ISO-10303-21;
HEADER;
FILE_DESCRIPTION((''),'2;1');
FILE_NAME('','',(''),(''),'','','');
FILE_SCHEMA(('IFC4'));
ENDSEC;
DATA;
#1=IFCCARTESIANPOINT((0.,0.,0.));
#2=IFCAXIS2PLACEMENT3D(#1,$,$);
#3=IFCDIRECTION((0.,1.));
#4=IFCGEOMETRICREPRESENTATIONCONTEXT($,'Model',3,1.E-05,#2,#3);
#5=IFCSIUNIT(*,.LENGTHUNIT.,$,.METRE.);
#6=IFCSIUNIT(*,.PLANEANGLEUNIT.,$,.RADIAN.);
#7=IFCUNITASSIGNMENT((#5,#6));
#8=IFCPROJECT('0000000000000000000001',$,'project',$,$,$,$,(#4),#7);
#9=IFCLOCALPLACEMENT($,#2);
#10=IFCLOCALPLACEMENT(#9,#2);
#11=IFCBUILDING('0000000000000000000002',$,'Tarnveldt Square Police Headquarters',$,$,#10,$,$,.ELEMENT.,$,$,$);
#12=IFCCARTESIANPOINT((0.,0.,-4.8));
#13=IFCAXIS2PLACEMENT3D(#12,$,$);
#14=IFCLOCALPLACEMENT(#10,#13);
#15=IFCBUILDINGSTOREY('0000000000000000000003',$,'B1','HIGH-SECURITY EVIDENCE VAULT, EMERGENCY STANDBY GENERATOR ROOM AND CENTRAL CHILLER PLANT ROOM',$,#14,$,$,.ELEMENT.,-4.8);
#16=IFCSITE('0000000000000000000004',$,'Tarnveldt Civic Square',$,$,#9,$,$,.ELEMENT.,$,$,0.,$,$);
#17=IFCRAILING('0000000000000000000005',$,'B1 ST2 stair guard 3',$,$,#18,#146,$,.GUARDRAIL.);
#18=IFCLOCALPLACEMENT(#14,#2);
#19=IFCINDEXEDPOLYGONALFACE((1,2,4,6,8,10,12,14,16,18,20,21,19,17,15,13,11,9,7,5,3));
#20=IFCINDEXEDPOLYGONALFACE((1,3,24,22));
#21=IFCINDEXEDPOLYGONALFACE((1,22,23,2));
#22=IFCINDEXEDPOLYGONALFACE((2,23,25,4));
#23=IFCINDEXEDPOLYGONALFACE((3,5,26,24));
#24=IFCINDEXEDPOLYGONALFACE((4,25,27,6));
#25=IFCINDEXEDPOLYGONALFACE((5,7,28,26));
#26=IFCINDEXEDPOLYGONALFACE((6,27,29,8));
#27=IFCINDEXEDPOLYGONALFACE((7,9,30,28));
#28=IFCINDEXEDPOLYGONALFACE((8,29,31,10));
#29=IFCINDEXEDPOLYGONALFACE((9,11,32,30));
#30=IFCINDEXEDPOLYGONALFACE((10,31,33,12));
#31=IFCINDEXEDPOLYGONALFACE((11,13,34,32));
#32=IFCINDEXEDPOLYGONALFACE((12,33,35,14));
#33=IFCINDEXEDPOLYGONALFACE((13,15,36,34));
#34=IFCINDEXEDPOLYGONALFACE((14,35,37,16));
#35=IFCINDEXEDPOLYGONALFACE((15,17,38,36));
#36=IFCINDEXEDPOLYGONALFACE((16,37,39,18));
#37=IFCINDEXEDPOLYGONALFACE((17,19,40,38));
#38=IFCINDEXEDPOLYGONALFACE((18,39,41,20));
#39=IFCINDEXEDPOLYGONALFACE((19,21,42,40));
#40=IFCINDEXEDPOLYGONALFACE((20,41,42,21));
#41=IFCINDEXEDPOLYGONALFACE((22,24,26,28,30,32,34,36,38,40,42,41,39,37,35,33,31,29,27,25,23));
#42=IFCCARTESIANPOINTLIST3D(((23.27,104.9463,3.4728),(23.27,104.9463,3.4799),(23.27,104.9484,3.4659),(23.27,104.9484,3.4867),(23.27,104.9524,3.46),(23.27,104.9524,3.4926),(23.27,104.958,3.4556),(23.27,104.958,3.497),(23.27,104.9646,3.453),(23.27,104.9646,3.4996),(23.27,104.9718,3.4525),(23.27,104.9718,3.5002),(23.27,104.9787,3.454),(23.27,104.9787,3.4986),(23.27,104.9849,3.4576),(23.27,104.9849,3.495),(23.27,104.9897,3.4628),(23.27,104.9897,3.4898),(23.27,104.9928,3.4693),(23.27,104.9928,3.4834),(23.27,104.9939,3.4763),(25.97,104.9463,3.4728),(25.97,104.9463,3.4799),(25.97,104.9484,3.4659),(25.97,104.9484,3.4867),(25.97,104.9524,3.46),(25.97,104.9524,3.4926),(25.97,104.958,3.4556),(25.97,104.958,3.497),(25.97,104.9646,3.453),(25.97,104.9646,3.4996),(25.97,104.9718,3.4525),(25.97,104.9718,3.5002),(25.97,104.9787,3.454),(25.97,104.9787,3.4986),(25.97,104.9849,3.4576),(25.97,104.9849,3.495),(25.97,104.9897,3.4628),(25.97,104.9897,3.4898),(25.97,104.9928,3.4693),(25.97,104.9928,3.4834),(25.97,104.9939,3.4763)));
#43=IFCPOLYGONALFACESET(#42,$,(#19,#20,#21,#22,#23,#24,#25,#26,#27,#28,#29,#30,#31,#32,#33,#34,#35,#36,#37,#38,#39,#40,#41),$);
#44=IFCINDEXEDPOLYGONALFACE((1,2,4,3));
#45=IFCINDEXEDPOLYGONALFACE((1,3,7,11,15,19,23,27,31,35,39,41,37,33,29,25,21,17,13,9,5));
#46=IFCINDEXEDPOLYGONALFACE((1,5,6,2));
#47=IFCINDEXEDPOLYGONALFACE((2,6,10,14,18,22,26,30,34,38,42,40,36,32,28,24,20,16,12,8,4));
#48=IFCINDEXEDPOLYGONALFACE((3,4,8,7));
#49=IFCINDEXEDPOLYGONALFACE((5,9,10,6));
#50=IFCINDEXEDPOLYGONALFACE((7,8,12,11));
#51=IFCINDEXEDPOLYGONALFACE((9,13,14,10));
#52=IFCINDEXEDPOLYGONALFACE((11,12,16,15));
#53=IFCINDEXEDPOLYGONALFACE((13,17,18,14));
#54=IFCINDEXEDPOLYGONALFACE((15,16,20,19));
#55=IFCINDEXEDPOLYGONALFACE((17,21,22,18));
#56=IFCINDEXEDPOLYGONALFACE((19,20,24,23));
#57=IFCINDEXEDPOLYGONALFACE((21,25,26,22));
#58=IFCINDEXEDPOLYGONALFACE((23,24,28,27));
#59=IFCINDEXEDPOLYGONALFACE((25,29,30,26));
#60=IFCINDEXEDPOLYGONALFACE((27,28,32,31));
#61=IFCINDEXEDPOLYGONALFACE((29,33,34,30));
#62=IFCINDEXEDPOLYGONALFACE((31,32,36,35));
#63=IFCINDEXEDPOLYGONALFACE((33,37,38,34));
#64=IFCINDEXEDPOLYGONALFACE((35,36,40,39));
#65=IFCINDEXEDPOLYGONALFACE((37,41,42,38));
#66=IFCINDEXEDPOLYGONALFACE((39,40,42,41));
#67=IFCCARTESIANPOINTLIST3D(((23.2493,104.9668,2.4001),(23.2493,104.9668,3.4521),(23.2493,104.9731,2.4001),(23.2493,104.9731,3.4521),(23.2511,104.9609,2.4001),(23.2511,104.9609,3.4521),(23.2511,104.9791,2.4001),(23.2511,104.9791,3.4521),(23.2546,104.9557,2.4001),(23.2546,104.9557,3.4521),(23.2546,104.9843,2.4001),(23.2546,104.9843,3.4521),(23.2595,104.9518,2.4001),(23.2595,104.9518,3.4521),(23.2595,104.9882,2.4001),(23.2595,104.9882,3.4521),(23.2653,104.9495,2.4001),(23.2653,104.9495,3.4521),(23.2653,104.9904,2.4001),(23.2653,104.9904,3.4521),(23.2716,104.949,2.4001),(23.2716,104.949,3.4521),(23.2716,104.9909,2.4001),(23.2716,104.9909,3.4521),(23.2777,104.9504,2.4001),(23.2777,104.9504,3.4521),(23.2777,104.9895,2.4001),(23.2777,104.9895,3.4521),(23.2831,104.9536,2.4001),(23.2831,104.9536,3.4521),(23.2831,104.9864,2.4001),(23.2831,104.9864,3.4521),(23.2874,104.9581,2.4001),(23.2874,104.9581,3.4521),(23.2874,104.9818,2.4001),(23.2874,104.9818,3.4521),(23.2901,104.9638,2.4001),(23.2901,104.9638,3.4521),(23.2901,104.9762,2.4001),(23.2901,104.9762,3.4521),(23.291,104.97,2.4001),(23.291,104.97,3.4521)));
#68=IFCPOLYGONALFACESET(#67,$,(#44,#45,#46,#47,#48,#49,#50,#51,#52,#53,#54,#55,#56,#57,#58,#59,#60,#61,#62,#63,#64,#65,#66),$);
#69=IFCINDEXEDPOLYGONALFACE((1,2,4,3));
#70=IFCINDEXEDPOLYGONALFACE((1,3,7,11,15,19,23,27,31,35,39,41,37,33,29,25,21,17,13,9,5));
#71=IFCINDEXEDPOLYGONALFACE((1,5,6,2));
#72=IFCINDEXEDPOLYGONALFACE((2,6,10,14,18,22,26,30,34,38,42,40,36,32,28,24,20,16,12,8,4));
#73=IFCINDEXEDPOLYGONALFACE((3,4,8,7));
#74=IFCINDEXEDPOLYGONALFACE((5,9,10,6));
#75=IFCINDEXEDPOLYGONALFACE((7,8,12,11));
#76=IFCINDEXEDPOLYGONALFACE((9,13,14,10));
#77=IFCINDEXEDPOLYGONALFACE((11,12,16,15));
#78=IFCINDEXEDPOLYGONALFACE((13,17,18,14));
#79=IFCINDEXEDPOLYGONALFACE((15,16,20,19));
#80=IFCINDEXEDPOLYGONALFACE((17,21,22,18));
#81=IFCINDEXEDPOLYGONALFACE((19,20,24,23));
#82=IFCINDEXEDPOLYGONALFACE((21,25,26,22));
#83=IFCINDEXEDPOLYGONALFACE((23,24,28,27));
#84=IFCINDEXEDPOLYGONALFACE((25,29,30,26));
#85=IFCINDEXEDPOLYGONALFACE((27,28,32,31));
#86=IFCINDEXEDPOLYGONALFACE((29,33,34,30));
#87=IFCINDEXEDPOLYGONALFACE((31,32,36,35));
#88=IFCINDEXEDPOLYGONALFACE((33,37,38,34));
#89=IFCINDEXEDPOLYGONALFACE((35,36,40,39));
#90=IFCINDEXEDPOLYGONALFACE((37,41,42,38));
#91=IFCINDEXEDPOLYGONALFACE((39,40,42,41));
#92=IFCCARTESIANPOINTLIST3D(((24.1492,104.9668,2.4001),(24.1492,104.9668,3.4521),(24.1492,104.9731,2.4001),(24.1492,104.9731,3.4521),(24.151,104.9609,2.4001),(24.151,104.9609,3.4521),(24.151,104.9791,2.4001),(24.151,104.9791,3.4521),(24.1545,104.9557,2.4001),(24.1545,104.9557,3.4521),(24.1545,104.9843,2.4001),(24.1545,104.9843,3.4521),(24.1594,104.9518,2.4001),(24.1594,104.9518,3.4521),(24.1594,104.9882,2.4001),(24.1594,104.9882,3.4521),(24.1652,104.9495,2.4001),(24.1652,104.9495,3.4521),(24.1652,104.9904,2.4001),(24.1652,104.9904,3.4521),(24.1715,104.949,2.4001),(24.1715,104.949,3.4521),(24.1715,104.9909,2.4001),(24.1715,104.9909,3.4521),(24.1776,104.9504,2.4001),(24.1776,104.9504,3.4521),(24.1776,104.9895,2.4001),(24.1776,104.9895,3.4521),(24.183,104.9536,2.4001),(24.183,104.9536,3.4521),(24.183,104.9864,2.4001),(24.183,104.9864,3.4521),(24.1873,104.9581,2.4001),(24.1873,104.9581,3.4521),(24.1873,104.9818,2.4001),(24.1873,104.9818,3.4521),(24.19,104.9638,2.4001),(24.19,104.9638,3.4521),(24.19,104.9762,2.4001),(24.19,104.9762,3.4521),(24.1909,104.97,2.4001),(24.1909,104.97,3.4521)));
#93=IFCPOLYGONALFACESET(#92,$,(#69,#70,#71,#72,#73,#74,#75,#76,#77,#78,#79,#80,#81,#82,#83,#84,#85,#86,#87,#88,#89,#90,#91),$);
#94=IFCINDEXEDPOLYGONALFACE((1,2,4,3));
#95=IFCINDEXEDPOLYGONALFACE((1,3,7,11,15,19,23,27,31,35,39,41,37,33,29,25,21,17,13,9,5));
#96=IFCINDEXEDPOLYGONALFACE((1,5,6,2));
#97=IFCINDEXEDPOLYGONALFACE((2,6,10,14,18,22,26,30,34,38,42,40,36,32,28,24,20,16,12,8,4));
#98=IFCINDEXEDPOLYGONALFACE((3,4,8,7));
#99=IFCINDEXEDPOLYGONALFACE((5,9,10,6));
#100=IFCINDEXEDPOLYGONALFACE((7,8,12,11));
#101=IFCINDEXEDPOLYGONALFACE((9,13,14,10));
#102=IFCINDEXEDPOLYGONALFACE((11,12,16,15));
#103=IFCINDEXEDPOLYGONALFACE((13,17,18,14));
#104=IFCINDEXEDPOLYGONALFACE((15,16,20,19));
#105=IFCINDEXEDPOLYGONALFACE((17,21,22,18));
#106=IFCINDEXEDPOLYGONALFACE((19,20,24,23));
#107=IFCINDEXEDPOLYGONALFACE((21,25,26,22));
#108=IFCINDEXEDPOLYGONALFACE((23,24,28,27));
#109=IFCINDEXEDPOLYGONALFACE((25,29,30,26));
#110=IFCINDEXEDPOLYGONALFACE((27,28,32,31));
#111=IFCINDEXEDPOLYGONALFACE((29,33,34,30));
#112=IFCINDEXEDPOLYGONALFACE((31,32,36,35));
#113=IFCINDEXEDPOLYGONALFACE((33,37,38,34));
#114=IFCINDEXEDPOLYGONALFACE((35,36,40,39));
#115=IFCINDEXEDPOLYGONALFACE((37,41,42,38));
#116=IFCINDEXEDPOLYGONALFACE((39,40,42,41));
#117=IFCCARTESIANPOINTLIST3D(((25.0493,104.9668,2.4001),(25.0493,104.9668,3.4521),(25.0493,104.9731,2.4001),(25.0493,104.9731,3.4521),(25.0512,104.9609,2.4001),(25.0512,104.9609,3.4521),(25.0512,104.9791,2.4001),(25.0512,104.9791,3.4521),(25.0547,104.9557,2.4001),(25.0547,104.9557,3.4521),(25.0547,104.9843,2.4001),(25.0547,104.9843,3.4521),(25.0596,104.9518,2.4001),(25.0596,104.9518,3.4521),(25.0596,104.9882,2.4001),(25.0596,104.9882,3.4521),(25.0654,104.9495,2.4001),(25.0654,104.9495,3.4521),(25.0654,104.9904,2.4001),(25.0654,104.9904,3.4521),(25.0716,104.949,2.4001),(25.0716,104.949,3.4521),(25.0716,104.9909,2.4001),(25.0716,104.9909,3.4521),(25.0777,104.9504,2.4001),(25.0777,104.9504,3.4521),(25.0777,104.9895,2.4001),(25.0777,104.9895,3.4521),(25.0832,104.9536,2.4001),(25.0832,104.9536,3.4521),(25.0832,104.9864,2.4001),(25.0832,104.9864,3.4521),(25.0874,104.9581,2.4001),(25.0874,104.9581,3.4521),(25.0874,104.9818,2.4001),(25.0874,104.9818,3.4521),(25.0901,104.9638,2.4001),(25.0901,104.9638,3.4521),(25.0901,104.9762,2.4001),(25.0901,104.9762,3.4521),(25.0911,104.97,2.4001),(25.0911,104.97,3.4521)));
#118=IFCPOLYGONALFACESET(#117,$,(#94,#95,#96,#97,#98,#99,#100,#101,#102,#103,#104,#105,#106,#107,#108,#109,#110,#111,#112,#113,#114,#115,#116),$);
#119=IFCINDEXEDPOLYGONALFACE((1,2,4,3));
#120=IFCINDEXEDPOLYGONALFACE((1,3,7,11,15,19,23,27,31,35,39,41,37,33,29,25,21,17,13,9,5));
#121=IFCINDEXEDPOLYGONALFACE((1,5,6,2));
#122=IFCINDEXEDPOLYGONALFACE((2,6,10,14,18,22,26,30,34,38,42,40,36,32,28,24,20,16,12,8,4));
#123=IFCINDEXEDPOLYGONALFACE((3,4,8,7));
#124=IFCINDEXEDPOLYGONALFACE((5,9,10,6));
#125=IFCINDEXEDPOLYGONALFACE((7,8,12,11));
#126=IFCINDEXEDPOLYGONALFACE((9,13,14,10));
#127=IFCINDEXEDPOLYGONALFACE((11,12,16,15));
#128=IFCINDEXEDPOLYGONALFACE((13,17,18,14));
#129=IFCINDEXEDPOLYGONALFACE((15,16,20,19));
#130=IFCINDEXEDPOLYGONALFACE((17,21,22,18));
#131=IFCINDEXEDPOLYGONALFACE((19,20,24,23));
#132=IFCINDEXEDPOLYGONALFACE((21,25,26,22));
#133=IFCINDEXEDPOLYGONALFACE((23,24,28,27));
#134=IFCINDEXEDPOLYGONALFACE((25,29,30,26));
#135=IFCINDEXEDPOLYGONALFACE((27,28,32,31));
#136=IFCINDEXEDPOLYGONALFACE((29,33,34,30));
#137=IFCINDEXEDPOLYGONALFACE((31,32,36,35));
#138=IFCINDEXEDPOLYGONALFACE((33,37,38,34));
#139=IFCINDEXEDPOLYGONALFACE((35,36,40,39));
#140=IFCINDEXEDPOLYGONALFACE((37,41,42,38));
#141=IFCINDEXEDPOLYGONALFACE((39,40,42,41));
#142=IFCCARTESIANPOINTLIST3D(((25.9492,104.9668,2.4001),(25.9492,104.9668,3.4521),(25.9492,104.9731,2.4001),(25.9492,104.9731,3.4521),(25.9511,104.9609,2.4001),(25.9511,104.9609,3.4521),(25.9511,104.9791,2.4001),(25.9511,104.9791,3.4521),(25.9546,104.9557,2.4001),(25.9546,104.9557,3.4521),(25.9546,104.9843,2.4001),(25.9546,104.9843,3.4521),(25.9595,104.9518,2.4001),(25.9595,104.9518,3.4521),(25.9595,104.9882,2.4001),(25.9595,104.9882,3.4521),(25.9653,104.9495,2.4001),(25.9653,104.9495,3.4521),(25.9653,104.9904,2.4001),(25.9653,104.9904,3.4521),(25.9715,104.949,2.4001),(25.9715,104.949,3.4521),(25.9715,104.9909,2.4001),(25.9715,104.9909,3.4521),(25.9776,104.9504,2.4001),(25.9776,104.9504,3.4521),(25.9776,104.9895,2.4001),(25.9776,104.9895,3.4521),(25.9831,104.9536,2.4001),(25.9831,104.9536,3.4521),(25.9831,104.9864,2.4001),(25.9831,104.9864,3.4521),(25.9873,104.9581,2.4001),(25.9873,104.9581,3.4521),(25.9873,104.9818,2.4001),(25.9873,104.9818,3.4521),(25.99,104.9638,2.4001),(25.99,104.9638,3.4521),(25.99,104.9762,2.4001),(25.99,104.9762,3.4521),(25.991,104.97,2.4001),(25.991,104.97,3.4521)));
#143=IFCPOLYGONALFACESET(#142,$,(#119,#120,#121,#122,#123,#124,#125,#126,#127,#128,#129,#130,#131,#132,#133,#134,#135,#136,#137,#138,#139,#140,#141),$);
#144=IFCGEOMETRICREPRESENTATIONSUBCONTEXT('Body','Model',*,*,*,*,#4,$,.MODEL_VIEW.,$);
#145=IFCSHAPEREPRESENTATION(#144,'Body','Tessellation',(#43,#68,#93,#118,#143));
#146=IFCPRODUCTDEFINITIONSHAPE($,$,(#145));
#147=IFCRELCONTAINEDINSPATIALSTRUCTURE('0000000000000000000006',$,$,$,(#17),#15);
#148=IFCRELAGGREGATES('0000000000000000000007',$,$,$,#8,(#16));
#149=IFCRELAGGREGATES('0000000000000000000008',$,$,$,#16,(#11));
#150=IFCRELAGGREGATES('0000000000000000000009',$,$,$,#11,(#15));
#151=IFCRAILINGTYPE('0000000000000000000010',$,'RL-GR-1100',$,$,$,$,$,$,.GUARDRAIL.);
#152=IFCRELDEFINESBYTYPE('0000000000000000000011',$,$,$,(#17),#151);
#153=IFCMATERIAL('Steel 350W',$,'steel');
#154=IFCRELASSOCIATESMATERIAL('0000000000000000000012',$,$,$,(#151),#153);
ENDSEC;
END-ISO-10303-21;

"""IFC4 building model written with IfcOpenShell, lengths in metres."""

from ifc_helpers import new_model, si_unit, direction, frame, origin, origin_2d, place, context, subcontext, project, spatial, circle, extrude, material, type_object, element, save


model = new_model("IFC4")

# Units and contexts
model_context = context("Model", 3, precision=1e-05, world=origin(), true_north=direction((0.0, 1.0)))
body_context = subcontext(model_context, "Body", "Model", "MODEL_VIEW")
ifc_project = project(units=[si_unit("LENGTHUNIT", "METRE"), si_unit("PLANEANGLEUNIT", "RADIAN")], contexts=[model_context])

# Site, building, storey
site_placement = place(None, origin())
site = spatial("IfcSite", under=ifc_project, at=site_placement, Name="Tarnveldt Civic Square", CompositionType="ELEMENT", RefElevation=0.0)
building_placement = place(site_placement, origin())
building = spatial("IfcBuilding", under=site, at=building_placement, Name="Tarnveldt Square Police Headquarters", CompositionType="ELEMENT")
storey_placement = place(building_placement, frame((0.0, 0.0, -4.8)))
storey = spatial("IfcBuildingStorey", under=building, at=storey_placement, Name="B1", Description="HIGH-SECURITY EVIDENCE VAULT, EMERGENCY STANDBY GENERATOR ROOM AND CENTRAL CHILLER PLANT ROOM", CompositionType="ELEMENT", Elevation=-4.8)

# Railing
ifc_material_1 = material(Name="Steel 350W", Category="steel")
railing_type_1 = type_object("IfcRailingType", Name="RL-GR-1100", PredefinedType="GUARDRAIL", material=ifc_material_1)
railing_1_placement = place(storey_placement, frame((23.27, 104.97, 2.4001)))
element("IfcRailing", 1, at=railing_1_placement, inside=storey, type_object=railing_type_1, Name="B1 ST2 stair guard 3", PredefinedType="GUARDRAIL", context=body_context, shape_type="SweptSolid", body=[
    extrude(circle(Radius=0.0239, at=origin_2d()), frame((0.0, 0.0, 1.0762), z_axis=(1.0, 0.0, 0.0), x_axis=(0.0, 1.0, 0.0)), (0.0, 0.0, 1.0), 2.7),
    extrude(circle(Radius=0.021, at=origin_2d()), origin(), (0.0, 0.0, 1.0), 1.052),
    extrude(circle(Radius=0.021, at=origin_2d()), frame((0.8999, 0.0, 0.0)), (0.0, 0.0, 1.0), 1.052),
    extrude(circle(Radius=0.021, at=origin_2d()), frame((1.8, 0.0, 0.0)), (0.0, 0.0, 1.0), 1.052),
    extrude(circle(Radius=0.021, at=origin_2d()), frame((2.7, 0.0, 0.0)), (0.0, 0.0, 1.0), 1.052),
])

save(model, "model.ifc")
